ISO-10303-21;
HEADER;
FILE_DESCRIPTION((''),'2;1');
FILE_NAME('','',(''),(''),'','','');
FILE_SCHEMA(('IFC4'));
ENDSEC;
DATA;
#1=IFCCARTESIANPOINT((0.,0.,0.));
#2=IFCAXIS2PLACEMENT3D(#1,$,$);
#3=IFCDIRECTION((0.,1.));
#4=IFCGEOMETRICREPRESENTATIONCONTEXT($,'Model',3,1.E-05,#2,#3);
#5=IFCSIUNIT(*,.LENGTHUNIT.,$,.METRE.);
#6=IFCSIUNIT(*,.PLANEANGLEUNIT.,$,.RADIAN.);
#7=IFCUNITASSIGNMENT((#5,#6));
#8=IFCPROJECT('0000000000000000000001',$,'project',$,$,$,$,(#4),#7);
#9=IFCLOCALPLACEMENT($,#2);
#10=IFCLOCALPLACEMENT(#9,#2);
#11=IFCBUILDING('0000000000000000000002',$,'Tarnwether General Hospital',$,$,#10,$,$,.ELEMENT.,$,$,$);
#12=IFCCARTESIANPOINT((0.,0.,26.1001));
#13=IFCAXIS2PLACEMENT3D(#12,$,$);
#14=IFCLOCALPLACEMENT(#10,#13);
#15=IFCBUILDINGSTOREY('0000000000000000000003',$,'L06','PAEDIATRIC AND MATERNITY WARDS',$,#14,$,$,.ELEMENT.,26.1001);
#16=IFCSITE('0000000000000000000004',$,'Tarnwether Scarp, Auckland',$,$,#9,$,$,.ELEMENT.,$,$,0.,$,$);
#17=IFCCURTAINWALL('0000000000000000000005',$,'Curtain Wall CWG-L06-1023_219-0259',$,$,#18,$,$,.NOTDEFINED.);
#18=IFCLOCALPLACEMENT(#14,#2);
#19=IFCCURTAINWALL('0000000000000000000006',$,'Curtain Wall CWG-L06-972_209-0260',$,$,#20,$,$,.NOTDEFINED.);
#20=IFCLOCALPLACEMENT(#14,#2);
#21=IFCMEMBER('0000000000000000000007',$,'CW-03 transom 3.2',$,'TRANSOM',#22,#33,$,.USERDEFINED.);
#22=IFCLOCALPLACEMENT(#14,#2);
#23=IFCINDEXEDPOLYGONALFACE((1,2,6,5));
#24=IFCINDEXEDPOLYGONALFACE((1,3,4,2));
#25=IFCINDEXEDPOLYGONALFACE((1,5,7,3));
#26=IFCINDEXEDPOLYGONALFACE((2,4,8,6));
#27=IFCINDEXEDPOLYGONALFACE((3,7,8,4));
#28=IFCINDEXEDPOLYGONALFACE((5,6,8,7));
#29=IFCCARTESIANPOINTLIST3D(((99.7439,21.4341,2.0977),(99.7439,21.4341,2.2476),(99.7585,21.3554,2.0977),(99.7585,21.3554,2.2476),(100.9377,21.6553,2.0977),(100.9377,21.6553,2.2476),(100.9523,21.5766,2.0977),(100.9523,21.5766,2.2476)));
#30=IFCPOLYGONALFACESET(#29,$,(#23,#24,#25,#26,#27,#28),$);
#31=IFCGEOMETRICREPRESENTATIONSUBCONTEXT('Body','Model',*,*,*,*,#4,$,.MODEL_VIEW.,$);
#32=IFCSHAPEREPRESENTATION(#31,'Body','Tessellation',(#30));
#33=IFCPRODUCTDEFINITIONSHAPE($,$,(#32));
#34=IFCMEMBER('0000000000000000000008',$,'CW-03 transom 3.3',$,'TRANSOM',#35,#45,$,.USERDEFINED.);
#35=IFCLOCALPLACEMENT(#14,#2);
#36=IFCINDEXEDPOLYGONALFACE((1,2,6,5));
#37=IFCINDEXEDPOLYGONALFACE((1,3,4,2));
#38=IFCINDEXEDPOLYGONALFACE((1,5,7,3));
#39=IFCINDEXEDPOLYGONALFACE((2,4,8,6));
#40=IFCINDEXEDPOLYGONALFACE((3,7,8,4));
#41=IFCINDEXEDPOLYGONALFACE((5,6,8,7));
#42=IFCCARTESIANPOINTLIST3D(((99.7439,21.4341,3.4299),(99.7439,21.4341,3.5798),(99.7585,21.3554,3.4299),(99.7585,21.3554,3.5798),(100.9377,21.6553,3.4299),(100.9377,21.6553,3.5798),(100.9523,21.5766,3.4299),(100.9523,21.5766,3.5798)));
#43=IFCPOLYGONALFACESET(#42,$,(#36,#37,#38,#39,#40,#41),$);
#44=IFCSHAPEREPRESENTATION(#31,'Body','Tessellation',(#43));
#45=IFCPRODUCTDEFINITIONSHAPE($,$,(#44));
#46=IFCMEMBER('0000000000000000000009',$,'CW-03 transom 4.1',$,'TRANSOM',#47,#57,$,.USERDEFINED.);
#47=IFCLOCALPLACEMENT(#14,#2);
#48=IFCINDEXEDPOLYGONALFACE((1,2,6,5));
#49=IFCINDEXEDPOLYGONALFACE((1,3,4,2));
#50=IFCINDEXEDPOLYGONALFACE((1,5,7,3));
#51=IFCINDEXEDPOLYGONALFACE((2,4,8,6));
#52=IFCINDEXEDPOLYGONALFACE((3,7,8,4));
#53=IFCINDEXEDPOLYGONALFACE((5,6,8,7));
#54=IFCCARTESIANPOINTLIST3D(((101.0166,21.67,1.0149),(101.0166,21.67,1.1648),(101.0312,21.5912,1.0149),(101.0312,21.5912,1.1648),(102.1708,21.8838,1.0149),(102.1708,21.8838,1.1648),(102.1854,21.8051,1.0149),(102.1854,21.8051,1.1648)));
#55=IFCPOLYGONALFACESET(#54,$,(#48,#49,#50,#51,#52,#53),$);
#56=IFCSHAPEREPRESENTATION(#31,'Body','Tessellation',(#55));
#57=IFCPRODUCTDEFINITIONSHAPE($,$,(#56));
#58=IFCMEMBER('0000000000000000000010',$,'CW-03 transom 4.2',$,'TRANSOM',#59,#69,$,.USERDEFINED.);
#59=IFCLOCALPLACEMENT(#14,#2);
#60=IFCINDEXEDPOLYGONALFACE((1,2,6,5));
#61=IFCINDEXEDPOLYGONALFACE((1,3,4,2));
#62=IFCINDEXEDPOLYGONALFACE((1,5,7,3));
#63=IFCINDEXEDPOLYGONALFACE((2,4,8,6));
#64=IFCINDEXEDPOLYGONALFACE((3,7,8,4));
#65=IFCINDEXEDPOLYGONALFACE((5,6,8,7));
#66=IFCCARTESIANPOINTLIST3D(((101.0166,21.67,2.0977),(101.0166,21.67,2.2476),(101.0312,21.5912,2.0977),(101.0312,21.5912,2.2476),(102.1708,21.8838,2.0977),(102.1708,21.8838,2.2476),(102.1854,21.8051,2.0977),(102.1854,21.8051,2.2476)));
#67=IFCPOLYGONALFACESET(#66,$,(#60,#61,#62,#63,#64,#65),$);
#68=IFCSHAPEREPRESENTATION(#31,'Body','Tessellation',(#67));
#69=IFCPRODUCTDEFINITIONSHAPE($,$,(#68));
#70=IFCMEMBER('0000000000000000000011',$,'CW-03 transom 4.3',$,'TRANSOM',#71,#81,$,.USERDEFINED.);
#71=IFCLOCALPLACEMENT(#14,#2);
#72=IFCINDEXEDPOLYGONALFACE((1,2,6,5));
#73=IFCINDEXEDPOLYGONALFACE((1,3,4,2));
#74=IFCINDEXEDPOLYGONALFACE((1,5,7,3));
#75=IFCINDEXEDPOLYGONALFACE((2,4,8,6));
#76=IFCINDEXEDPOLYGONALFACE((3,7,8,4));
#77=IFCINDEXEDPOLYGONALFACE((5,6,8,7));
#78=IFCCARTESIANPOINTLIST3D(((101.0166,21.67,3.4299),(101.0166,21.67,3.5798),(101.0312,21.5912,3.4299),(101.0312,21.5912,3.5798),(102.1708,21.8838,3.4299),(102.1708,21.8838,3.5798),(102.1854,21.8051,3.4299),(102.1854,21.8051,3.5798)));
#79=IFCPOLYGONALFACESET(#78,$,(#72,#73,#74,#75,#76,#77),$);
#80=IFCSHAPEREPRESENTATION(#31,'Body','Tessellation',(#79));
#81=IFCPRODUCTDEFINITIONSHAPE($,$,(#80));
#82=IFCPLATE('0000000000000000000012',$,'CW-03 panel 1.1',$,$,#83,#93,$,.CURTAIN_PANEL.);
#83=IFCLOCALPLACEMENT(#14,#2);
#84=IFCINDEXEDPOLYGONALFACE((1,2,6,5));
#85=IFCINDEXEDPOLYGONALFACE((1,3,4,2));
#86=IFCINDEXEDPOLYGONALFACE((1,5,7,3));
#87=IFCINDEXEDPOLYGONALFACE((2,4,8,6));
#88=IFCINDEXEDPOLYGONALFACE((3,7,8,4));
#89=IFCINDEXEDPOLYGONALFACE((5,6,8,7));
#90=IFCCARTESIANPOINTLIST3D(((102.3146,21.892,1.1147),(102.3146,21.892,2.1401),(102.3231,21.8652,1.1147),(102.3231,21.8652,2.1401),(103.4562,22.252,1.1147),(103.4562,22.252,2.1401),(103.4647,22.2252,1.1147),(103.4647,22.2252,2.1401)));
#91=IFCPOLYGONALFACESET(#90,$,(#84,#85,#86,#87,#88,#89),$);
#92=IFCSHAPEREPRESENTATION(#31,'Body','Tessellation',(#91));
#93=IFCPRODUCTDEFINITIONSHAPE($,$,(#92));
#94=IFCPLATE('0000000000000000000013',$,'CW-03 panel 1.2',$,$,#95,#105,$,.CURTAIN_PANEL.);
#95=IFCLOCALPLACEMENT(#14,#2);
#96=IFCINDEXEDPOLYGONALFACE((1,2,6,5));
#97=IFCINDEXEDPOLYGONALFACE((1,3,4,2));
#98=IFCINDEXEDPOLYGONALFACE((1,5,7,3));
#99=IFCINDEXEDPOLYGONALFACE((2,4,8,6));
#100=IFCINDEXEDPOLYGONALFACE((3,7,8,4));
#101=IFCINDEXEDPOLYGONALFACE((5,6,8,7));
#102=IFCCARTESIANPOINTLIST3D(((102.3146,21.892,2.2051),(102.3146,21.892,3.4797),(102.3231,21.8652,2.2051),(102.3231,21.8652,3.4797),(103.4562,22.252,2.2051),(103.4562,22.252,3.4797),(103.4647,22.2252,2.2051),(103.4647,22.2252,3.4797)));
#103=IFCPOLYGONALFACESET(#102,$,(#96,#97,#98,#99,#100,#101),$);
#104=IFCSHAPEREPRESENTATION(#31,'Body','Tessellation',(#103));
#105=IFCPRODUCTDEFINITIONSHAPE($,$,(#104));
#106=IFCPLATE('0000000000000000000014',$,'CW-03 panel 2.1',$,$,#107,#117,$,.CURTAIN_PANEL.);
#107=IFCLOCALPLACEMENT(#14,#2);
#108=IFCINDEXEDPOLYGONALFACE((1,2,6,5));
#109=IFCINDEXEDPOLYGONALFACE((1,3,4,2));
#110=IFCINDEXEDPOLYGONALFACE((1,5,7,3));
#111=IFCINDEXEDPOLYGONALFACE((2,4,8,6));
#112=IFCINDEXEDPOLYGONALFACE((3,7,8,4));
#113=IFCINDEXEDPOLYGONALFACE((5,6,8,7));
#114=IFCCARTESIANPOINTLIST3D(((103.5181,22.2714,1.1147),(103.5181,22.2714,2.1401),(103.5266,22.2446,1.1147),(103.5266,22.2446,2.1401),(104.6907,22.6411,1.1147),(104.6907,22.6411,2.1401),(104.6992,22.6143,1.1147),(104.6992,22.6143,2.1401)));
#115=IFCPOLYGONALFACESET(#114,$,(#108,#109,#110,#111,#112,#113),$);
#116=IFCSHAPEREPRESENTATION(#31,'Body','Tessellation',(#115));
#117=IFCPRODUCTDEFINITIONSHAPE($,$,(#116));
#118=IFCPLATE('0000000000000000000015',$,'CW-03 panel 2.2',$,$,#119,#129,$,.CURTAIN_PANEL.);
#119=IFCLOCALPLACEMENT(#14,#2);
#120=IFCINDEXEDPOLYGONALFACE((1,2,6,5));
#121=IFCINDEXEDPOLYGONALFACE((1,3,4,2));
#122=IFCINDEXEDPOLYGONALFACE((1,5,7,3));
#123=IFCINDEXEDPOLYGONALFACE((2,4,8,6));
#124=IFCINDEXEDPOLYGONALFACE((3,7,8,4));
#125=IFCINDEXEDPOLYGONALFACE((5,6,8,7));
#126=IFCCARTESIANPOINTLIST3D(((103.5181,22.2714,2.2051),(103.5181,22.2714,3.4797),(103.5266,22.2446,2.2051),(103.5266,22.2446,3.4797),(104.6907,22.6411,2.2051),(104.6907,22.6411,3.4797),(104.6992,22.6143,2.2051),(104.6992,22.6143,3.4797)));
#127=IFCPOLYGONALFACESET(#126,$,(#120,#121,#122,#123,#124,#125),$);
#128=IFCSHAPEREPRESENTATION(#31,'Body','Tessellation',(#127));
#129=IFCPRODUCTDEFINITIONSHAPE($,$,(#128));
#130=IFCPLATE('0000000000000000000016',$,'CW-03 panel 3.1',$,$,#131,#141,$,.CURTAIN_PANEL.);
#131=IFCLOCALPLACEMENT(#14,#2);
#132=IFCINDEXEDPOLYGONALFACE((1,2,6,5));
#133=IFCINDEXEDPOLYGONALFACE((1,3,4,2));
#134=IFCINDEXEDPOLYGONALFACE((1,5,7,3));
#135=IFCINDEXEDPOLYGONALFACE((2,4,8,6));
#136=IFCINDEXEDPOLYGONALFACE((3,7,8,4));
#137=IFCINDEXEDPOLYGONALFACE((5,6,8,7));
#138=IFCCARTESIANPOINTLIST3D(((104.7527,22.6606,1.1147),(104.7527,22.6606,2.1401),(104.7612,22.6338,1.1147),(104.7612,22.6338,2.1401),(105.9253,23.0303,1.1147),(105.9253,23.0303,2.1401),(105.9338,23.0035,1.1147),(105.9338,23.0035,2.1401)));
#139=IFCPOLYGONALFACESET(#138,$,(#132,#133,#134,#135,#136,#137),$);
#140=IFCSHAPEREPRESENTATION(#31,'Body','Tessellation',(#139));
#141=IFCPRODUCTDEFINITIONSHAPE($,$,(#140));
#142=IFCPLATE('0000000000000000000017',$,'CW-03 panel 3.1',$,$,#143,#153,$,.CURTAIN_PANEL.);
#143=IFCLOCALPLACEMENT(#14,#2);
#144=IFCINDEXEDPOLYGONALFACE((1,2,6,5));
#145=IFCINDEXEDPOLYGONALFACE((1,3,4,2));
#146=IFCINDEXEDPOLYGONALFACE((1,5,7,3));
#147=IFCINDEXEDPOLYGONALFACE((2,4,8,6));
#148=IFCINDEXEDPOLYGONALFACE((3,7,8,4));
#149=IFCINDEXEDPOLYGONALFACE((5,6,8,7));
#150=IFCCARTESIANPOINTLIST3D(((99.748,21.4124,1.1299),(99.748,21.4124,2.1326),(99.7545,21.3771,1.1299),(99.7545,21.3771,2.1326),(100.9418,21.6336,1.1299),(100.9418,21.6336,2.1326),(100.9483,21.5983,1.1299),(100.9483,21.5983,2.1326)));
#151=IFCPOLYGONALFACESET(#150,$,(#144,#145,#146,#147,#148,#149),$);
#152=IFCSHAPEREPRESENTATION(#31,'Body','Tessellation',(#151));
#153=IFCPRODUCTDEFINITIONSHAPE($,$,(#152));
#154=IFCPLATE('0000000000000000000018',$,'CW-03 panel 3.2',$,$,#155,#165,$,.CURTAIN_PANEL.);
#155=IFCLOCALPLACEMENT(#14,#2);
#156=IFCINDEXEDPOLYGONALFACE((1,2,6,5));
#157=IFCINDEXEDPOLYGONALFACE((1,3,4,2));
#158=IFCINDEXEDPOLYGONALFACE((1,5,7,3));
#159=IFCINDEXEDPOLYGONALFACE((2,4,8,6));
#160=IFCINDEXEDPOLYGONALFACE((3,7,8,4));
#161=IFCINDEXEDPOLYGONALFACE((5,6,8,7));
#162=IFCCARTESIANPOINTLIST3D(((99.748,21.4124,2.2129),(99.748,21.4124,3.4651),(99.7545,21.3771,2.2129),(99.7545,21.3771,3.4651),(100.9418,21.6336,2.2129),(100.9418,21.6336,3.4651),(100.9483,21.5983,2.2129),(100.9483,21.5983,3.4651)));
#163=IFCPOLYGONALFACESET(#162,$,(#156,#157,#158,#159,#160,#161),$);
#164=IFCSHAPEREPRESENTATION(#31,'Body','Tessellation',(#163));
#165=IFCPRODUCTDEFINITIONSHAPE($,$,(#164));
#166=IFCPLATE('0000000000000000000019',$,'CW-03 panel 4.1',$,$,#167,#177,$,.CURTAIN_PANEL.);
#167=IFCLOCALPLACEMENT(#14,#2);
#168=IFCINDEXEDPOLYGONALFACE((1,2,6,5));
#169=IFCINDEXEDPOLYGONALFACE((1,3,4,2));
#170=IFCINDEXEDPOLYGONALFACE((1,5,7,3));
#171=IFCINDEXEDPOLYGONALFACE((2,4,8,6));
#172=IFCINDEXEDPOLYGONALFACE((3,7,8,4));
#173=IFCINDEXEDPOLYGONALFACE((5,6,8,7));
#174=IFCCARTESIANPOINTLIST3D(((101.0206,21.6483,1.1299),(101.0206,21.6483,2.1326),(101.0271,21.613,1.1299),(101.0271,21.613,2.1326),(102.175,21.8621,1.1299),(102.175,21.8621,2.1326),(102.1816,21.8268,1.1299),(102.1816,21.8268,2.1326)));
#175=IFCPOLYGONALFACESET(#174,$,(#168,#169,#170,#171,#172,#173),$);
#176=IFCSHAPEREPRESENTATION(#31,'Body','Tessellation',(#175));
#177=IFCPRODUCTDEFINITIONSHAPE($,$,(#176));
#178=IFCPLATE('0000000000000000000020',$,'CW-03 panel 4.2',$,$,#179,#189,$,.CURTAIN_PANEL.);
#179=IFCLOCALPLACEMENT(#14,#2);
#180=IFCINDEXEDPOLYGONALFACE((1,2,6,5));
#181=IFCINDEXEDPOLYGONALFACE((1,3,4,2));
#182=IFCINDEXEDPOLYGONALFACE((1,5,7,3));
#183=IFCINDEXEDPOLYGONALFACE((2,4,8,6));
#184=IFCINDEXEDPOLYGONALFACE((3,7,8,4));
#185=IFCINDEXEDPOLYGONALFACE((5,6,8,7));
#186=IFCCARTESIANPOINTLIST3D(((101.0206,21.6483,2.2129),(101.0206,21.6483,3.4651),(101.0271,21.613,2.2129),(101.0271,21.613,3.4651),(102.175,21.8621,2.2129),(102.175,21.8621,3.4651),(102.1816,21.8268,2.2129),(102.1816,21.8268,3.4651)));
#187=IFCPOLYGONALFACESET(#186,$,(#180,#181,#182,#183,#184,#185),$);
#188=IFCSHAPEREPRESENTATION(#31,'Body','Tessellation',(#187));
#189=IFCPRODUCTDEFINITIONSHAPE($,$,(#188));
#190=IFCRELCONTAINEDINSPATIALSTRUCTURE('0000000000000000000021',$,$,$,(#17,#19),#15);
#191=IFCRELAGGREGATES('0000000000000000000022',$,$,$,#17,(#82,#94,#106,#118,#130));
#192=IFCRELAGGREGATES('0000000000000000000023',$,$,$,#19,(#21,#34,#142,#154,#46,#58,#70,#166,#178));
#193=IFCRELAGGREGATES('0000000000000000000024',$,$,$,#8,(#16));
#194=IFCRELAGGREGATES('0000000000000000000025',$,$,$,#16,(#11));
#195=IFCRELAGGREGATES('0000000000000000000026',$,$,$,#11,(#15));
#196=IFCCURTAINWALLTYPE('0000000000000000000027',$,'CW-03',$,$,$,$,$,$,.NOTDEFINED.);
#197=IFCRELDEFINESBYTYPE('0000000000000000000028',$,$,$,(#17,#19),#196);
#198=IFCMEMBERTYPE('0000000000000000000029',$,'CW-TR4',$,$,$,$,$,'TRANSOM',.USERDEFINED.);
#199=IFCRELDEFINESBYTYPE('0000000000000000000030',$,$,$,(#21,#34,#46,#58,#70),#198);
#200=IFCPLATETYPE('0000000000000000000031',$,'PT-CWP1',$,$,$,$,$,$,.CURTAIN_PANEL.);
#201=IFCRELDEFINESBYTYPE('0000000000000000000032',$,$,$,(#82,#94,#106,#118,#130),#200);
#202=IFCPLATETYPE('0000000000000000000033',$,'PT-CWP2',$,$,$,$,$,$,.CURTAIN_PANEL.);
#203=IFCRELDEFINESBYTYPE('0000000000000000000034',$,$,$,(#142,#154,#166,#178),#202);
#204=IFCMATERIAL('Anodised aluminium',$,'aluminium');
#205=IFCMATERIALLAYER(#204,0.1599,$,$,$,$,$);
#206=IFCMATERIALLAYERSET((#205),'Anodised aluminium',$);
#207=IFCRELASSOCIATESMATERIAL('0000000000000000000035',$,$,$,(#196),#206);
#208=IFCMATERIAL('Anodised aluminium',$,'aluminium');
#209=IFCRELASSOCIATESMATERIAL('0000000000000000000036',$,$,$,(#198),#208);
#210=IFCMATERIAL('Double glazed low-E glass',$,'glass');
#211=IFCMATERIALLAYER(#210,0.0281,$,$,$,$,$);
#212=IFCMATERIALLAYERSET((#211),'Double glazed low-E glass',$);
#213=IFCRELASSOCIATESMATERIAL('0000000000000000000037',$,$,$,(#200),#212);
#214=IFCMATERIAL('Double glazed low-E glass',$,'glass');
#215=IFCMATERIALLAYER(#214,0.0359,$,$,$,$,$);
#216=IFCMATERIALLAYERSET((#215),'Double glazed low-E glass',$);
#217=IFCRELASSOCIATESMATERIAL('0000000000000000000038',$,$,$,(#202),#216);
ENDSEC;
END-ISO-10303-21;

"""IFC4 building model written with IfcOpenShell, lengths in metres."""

from ifc_helpers import new_model, si_unit, direction, frame, origin, origin_2d, place, context, subcontext, project, spatial, rectangle, extrude, material, layer, layer_set, material_profile, profile_set, type_object, element, aggregate, save


model = new_model("IFC4")

# Units and contexts
model_context = context("Model", 3, precision=1e-05, world=origin(), true_north=direction((0.0, 1.0)))
body_context = subcontext(model_context, "Body", "Model", "MODEL_VIEW")
ifc_project = project(units=[si_unit("LENGTHUNIT", "METRE"), si_unit("PLANEANGLEUNIT", "RADIAN")], contexts=[model_context])

# Site, building, storey
site_placement = place(None, origin())
site = spatial("IfcSite", under=ifc_project, at=site_placement, Name="Tarnwether Scarp, Auckland", CompositionType="ELEMENT", RefElevation=0.0)
building_placement = place(site_placement, origin())
building = spatial("IfcBuilding", under=site, at=building_placement, Name="Tarnwether General Hospital", CompositionType="ELEMENT")
storey_placement = place(building_placement, frame((0.0, 0.0, 26.1001)))
storey = spatial("IfcBuildingStorey", under=building, at=storey_placement, Name="L06", Description="PAEDIATRIC AND MATERNITY WARDS", CompositionType="ELEMENT", Elevation=26.1001)

# Curtain walls
ifc_material_1 = material(Name="Anodised aluminium", Category="aluminium")
ifc_layer_1 = layer(ifc_material_1, 0.1599)
ifc_layer_set_1 = layer_set([ifc_layer_1], Name="Anodised aluminium")
curtain_wall_type = type_object("IfcCurtainWallType", Name="CW-03", PredefinedType="NOTDEFINED", material=ifc_layer_set_1)
curtain_wall_1_placement = place(storey_placement, origin())
curtain_wall_1 = element("IfcCurtainWall", 1, at=curtain_wall_1_placement, inside=storey, type_object=curtain_wall_type, Name="Curtain Wall CWG-L06-1023_219-0259", PredefinedType="NOTDEFINED")
curtain_wall_2_placement = place(storey_placement, origin())
curtain_wall_2 = element("IfcCurtainWall", 2, at=curtain_wall_2_placement, inside=storey, type_object=curtain_wall_type, Name="Curtain Wall CWG-L06-972_209-0260", PredefinedType="NOTDEFINED")

# Members
ifc_material_2 = material(Name="Anodised aluminium", Category="aluminium")
ifc_material_profile_1 = material_profile(ifc_material_2, rectangle(XDim=0.0801, YDim=0.1499, at=origin_2d()), Name="ALU-TRN-80x150")
ifc_profile_set_1 = profile_set([ifc_material_profile_1], Name="Anodised aluminium")
member_type_1 = type_object("IfcMemberType", Name="CW-TR4", ElementType="TRANSOM", PredefinedType="USERDEFINED", material=ifc_profile_set_1)
member_1_placement = place(storey_placement, frame((99.7512, 21.3948, 2.1726), z_axis=(0.983266, 0.182176, 0.0), x_axis=(-0.182176, 0.983266, 0.0)))
member_1 = element("IfcMember", 3, at=member_1_placement, type_object=member_type_1, Name="CW-03 transom 3.2", ObjectType="TRANSOM", PredefinedType="USERDEFINED", context=body_context, shape_type="SweptSolid", body=[
    extrude(rectangle(XDim=0.0801, YDim=0.1499, at=origin_2d()), origin(), (0.0, 0.0, 1.0), 1.2141),
])
member_2_placement = place(storey_placement, frame((99.7512, 21.3948, 3.5049), z_axis=(0.983266, 0.182176, 0.0), x_axis=(-0.182176, 0.983266, 0.0)))
member_2 = element("IfcMember", 4, at=member_2_placement, type_object=member_type_1, Name="CW-03 transom 3.3", ObjectType="TRANSOM", PredefinedType="USERDEFINED", context=body_context, shape_type="SweptSolid", body=[
    extrude(rectangle(XDim=0.0801, YDim=0.1499, at=origin_2d()), origin(), (0.0, 0.0, 1.0), 1.2141),
])
member_3_placement = place(storey_placement, frame((101.0239, 21.6306, 1.0898), z_axis=(0.983265, 0.182179, 0.0), x_axis=(-0.182179, 0.983265, 0.0)))
member_3 = element("IfcMember", 5, at=member_3_placement, type_object=member_type_1, Name="CW-03 transom 4.1", ObjectType="TRANSOM", PredefinedType="USERDEFINED", context=body_context, shape_type="SweptSolid", body=[
    extrude(rectangle(XDim=0.0801, YDim=0.1499, at=origin_2d()), origin(), (0.0, 0.0, 1.0), 1.1738),
])
member_4_placement = place(storey_placement, frame((101.0239, 21.6306, 2.1726), z_axis=(0.983265, 0.182179, 0.0), x_axis=(-0.182179, 0.983265, 0.0)))
member_4 = element("IfcMember", 6, at=member_4_placement, type_object=member_type_1, Name="CW-03 transom 4.2", ObjectType="TRANSOM", PredefinedType="USERDEFINED", context=body_context, shape_type="SweptSolid", body=[
    extrude(rectangle(XDim=0.0801, YDim=0.1499, at=origin_2d()), origin(), (0.0, 0.0, 1.0), 1.1738),
])
member_5_placement = place(storey_placement, frame((101.0239, 21.6306, 3.5049), z_axis=(0.983265, 0.182179, 0.0), x_axis=(-0.182179, 0.983265, 0.0)))
member_5 = element("IfcMember", 7, at=member_5_placement, type_object=member_type_1, Name="CW-03 transom 4.3", ObjectType="TRANSOM", PredefinedType="USERDEFINED", context=body_context, shape_type="SweptSolid", body=[
    extrude(rectangle(XDim=0.0801, YDim=0.1499, at=origin_2d()), origin(), (0.0, 0.0, 1.0), 1.1738),
])

# Plates
ifc_material_3 = material(Name="Double glazed low-E glass", Category="glass")
ifc_layer_2 = layer(ifc_material_3, 0.0281)
ifc_layer_set_2 = layer_set([ifc_layer_2], Name="Double glazed low-E glass")
plate_type_1 = type_object("IfcPlateType", Name="PT-CWP1", PredefinedType="CURTAIN_PANEL", material=ifc_layer_set_2)
plate_1_placement = place(storey_placement, frame((102.8896, 22.0586, 1.1147), z_axis=(0.0, 0.0, 1.0), x_axis=(0.953714, 0.300715, 0.0)))
plate_1 = element("IfcPlate", 8, at=plate_1_placement, type_object=plate_type_1, Name="CW-03 panel 1.1", PredefinedType="CURTAIN_PANEL", context=body_context, shape_type="SweptSolid", body=[
    extrude(rectangle(XDim=1.197, YDim=0.0281, at=origin_2d()), origin(), (0.0, 0.0, 1.0), 1.0254),
])
plate_2_placement = place(storey_placement, frame((102.8896, 22.0586, 2.2051), z_axis=(0.0, 0.0, 1.0), x_axis=(0.953714, 0.300715, 0.0)))
plate_2 = element("IfcPlate", 9, at=plate_2_placement, type_object=plate_type_1, Name="CW-03 panel 1.2", PredefinedType="CURTAIN_PANEL", context=body_context, shape_type="SweptSolid", body=[
    extrude(rectangle(XDim=1.197, YDim=0.0281, at=origin_2d()), origin(), (0.0, 0.0, 1.0), 1.2747),
])
plate_3_placement = place(storey_placement, frame((104.1086, 22.4429, 1.1147), z_axis=(0.0, 0.0, 1.0), x_axis=(0.953714, 0.300715, 0.0)))
plate_3 = element("IfcPlate", 10, at=plate_3_placement, type_object=plate_type_1, Name="CW-03 panel 2.1", PredefinedType="CURTAIN_PANEL", context=body_context, shape_type="SweptSolid", body=[
    extrude(rectangle(XDim=1.2295, YDim=0.0281, at=origin_2d()), origin(), (0.0, 0.0, 1.0), 1.0254),
])
plate_4_placement = place(storey_placement, frame((104.1086, 22.4429, 2.2051), z_axis=(0.0, 0.0, 1.0), x_axis=(0.953714, 0.300715, 0.0)))
plate_4 = element("IfcPlate", 11, at=plate_4_placement, type_object=plate_type_1, Name="CW-03 panel 2.2", PredefinedType="CURTAIN_PANEL", context=body_context, shape_type="SweptSolid", body=[
    extrude(rectangle(XDim=1.2295, YDim=0.0281, at=origin_2d()), origin(), (0.0, 0.0, 1.0), 1.2747),
])
plate_5_placement = place(storey_placement, frame((105.3433, 22.832, 1.1147), z_axis=(0.0, 0.0, 1.0), x_axis=(0.953714, 0.300715, 0.0)))
plate_5 = element("IfcPlate", 12, at=plate_5_placement, type_object=plate_type_1, Name="CW-03 panel 3.1", PredefinedType="CURTAIN_PANEL", context=body_context, shape_type="SweptSolid", body=[
    extrude(rectangle(XDim=1.2295, YDim=0.0281, at=origin_2d()), origin(), (0.0, 0.0, 1.0), 1.0254),
])
aggregate(curtain_wall_1, [plate_1, plate_2, plate_3, plate_4, plate_5])
ifc_material_4 = material(Name="Double glazed low-E glass", Category="glass")
ifc_layer_3 = layer(ifc_material_4, 0.0359)
ifc_layer_set_3 = layer_set([ifc_layer_3], Name="Double glazed low-E glass")
plate_type_2 = type_object("IfcPlateType", Name="PT-CWP2", PredefinedType="CURTAIN_PANEL", material=ifc_layer_set_3)
plate_6_placement = place(storey_placement, frame((100.3481, 21.5054, 1.1299), z_axis=(0.0, 0.0, 1.0), x_axis=(0.983268, 0.182165, 0.0)))
plate_6 = element("IfcPlate", 13, at=plate_6_placement, type_object=plate_type_2, Name="CW-03 panel 3.1", PredefinedType="CURTAIN_PANEL", context=body_context, shape_type="SweptSolid", body=[
    extrude(rectangle(XDim=1.2141, YDim=0.0359, at=origin_2d()), origin(), (0.0, 0.0, 1.0), 1.0027),
])
plate_7_placement = place(storey_placement, frame((100.3481, 21.5054, 2.2129), z_axis=(0.0, 0.0, 1.0), x_axis=(0.983268, 0.182165, 0.0)))
plate_7 = element("IfcPlate", 14, at=plate_7_placement, type_object=plate_type_2, Name="CW-03 panel 3.2", PredefinedType="CURTAIN_PANEL", context=body_context, shape_type="SweptSolid", body=[
    extrude(rectangle(XDim=1.2141, YDim=0.0359, at=origin_2d()), origin(), (0.0, 0.0, 1.0), 1.2522),
])
plate_8_placement = place(storey_placement, frame((101.6011, 21.7375, 1.1299), z_axis=(0.0, 0.0, 1.0), x_axis=(0.983268, 0.182165, 0.0)))
plate_8 = element("IfcPlate", 15, at=plate_8_placement, type_object=plate_type_2, Name="CW-03 panel 4.1", PredefinedType="CURTAIN_PANEL", context=body_context, shape_type="SweptSolid", body=[
    extrude(rectangle(XDim=1.1741, YDim=0.0359, at=origin_2d()), origin(), (0.0, 0.0, 1.0), 1.0027),
])
plate_9_placement = place(storey_placement, frame((101.6011, 21.7375, 2.2129), z_axis=(0.0, 0.0, 1.0), x_axis=(0.983268, 0.182165, 0.0)))
plate_9 = element("IfcPlate", 16, at=plate_9_placement, type_object=plate_type_2, Name="CW-03 panel 4.2", PredefinedType="CURTAIN_PANEL", context=body_context, shape_type="SweptSolid", body=[
    extrude(rectangle(XDim=1.1741, YDim=0.0359, at=origin_2d()), origin(), (0.0, 0.0, 1.0), 1.2522),
])
aggregate(curtain_wall_2, [member_1, member_2, plate_6, plate_7, member_3, member_4, member_5, plate_8, plate_9])

save(model, "model.ifc")
